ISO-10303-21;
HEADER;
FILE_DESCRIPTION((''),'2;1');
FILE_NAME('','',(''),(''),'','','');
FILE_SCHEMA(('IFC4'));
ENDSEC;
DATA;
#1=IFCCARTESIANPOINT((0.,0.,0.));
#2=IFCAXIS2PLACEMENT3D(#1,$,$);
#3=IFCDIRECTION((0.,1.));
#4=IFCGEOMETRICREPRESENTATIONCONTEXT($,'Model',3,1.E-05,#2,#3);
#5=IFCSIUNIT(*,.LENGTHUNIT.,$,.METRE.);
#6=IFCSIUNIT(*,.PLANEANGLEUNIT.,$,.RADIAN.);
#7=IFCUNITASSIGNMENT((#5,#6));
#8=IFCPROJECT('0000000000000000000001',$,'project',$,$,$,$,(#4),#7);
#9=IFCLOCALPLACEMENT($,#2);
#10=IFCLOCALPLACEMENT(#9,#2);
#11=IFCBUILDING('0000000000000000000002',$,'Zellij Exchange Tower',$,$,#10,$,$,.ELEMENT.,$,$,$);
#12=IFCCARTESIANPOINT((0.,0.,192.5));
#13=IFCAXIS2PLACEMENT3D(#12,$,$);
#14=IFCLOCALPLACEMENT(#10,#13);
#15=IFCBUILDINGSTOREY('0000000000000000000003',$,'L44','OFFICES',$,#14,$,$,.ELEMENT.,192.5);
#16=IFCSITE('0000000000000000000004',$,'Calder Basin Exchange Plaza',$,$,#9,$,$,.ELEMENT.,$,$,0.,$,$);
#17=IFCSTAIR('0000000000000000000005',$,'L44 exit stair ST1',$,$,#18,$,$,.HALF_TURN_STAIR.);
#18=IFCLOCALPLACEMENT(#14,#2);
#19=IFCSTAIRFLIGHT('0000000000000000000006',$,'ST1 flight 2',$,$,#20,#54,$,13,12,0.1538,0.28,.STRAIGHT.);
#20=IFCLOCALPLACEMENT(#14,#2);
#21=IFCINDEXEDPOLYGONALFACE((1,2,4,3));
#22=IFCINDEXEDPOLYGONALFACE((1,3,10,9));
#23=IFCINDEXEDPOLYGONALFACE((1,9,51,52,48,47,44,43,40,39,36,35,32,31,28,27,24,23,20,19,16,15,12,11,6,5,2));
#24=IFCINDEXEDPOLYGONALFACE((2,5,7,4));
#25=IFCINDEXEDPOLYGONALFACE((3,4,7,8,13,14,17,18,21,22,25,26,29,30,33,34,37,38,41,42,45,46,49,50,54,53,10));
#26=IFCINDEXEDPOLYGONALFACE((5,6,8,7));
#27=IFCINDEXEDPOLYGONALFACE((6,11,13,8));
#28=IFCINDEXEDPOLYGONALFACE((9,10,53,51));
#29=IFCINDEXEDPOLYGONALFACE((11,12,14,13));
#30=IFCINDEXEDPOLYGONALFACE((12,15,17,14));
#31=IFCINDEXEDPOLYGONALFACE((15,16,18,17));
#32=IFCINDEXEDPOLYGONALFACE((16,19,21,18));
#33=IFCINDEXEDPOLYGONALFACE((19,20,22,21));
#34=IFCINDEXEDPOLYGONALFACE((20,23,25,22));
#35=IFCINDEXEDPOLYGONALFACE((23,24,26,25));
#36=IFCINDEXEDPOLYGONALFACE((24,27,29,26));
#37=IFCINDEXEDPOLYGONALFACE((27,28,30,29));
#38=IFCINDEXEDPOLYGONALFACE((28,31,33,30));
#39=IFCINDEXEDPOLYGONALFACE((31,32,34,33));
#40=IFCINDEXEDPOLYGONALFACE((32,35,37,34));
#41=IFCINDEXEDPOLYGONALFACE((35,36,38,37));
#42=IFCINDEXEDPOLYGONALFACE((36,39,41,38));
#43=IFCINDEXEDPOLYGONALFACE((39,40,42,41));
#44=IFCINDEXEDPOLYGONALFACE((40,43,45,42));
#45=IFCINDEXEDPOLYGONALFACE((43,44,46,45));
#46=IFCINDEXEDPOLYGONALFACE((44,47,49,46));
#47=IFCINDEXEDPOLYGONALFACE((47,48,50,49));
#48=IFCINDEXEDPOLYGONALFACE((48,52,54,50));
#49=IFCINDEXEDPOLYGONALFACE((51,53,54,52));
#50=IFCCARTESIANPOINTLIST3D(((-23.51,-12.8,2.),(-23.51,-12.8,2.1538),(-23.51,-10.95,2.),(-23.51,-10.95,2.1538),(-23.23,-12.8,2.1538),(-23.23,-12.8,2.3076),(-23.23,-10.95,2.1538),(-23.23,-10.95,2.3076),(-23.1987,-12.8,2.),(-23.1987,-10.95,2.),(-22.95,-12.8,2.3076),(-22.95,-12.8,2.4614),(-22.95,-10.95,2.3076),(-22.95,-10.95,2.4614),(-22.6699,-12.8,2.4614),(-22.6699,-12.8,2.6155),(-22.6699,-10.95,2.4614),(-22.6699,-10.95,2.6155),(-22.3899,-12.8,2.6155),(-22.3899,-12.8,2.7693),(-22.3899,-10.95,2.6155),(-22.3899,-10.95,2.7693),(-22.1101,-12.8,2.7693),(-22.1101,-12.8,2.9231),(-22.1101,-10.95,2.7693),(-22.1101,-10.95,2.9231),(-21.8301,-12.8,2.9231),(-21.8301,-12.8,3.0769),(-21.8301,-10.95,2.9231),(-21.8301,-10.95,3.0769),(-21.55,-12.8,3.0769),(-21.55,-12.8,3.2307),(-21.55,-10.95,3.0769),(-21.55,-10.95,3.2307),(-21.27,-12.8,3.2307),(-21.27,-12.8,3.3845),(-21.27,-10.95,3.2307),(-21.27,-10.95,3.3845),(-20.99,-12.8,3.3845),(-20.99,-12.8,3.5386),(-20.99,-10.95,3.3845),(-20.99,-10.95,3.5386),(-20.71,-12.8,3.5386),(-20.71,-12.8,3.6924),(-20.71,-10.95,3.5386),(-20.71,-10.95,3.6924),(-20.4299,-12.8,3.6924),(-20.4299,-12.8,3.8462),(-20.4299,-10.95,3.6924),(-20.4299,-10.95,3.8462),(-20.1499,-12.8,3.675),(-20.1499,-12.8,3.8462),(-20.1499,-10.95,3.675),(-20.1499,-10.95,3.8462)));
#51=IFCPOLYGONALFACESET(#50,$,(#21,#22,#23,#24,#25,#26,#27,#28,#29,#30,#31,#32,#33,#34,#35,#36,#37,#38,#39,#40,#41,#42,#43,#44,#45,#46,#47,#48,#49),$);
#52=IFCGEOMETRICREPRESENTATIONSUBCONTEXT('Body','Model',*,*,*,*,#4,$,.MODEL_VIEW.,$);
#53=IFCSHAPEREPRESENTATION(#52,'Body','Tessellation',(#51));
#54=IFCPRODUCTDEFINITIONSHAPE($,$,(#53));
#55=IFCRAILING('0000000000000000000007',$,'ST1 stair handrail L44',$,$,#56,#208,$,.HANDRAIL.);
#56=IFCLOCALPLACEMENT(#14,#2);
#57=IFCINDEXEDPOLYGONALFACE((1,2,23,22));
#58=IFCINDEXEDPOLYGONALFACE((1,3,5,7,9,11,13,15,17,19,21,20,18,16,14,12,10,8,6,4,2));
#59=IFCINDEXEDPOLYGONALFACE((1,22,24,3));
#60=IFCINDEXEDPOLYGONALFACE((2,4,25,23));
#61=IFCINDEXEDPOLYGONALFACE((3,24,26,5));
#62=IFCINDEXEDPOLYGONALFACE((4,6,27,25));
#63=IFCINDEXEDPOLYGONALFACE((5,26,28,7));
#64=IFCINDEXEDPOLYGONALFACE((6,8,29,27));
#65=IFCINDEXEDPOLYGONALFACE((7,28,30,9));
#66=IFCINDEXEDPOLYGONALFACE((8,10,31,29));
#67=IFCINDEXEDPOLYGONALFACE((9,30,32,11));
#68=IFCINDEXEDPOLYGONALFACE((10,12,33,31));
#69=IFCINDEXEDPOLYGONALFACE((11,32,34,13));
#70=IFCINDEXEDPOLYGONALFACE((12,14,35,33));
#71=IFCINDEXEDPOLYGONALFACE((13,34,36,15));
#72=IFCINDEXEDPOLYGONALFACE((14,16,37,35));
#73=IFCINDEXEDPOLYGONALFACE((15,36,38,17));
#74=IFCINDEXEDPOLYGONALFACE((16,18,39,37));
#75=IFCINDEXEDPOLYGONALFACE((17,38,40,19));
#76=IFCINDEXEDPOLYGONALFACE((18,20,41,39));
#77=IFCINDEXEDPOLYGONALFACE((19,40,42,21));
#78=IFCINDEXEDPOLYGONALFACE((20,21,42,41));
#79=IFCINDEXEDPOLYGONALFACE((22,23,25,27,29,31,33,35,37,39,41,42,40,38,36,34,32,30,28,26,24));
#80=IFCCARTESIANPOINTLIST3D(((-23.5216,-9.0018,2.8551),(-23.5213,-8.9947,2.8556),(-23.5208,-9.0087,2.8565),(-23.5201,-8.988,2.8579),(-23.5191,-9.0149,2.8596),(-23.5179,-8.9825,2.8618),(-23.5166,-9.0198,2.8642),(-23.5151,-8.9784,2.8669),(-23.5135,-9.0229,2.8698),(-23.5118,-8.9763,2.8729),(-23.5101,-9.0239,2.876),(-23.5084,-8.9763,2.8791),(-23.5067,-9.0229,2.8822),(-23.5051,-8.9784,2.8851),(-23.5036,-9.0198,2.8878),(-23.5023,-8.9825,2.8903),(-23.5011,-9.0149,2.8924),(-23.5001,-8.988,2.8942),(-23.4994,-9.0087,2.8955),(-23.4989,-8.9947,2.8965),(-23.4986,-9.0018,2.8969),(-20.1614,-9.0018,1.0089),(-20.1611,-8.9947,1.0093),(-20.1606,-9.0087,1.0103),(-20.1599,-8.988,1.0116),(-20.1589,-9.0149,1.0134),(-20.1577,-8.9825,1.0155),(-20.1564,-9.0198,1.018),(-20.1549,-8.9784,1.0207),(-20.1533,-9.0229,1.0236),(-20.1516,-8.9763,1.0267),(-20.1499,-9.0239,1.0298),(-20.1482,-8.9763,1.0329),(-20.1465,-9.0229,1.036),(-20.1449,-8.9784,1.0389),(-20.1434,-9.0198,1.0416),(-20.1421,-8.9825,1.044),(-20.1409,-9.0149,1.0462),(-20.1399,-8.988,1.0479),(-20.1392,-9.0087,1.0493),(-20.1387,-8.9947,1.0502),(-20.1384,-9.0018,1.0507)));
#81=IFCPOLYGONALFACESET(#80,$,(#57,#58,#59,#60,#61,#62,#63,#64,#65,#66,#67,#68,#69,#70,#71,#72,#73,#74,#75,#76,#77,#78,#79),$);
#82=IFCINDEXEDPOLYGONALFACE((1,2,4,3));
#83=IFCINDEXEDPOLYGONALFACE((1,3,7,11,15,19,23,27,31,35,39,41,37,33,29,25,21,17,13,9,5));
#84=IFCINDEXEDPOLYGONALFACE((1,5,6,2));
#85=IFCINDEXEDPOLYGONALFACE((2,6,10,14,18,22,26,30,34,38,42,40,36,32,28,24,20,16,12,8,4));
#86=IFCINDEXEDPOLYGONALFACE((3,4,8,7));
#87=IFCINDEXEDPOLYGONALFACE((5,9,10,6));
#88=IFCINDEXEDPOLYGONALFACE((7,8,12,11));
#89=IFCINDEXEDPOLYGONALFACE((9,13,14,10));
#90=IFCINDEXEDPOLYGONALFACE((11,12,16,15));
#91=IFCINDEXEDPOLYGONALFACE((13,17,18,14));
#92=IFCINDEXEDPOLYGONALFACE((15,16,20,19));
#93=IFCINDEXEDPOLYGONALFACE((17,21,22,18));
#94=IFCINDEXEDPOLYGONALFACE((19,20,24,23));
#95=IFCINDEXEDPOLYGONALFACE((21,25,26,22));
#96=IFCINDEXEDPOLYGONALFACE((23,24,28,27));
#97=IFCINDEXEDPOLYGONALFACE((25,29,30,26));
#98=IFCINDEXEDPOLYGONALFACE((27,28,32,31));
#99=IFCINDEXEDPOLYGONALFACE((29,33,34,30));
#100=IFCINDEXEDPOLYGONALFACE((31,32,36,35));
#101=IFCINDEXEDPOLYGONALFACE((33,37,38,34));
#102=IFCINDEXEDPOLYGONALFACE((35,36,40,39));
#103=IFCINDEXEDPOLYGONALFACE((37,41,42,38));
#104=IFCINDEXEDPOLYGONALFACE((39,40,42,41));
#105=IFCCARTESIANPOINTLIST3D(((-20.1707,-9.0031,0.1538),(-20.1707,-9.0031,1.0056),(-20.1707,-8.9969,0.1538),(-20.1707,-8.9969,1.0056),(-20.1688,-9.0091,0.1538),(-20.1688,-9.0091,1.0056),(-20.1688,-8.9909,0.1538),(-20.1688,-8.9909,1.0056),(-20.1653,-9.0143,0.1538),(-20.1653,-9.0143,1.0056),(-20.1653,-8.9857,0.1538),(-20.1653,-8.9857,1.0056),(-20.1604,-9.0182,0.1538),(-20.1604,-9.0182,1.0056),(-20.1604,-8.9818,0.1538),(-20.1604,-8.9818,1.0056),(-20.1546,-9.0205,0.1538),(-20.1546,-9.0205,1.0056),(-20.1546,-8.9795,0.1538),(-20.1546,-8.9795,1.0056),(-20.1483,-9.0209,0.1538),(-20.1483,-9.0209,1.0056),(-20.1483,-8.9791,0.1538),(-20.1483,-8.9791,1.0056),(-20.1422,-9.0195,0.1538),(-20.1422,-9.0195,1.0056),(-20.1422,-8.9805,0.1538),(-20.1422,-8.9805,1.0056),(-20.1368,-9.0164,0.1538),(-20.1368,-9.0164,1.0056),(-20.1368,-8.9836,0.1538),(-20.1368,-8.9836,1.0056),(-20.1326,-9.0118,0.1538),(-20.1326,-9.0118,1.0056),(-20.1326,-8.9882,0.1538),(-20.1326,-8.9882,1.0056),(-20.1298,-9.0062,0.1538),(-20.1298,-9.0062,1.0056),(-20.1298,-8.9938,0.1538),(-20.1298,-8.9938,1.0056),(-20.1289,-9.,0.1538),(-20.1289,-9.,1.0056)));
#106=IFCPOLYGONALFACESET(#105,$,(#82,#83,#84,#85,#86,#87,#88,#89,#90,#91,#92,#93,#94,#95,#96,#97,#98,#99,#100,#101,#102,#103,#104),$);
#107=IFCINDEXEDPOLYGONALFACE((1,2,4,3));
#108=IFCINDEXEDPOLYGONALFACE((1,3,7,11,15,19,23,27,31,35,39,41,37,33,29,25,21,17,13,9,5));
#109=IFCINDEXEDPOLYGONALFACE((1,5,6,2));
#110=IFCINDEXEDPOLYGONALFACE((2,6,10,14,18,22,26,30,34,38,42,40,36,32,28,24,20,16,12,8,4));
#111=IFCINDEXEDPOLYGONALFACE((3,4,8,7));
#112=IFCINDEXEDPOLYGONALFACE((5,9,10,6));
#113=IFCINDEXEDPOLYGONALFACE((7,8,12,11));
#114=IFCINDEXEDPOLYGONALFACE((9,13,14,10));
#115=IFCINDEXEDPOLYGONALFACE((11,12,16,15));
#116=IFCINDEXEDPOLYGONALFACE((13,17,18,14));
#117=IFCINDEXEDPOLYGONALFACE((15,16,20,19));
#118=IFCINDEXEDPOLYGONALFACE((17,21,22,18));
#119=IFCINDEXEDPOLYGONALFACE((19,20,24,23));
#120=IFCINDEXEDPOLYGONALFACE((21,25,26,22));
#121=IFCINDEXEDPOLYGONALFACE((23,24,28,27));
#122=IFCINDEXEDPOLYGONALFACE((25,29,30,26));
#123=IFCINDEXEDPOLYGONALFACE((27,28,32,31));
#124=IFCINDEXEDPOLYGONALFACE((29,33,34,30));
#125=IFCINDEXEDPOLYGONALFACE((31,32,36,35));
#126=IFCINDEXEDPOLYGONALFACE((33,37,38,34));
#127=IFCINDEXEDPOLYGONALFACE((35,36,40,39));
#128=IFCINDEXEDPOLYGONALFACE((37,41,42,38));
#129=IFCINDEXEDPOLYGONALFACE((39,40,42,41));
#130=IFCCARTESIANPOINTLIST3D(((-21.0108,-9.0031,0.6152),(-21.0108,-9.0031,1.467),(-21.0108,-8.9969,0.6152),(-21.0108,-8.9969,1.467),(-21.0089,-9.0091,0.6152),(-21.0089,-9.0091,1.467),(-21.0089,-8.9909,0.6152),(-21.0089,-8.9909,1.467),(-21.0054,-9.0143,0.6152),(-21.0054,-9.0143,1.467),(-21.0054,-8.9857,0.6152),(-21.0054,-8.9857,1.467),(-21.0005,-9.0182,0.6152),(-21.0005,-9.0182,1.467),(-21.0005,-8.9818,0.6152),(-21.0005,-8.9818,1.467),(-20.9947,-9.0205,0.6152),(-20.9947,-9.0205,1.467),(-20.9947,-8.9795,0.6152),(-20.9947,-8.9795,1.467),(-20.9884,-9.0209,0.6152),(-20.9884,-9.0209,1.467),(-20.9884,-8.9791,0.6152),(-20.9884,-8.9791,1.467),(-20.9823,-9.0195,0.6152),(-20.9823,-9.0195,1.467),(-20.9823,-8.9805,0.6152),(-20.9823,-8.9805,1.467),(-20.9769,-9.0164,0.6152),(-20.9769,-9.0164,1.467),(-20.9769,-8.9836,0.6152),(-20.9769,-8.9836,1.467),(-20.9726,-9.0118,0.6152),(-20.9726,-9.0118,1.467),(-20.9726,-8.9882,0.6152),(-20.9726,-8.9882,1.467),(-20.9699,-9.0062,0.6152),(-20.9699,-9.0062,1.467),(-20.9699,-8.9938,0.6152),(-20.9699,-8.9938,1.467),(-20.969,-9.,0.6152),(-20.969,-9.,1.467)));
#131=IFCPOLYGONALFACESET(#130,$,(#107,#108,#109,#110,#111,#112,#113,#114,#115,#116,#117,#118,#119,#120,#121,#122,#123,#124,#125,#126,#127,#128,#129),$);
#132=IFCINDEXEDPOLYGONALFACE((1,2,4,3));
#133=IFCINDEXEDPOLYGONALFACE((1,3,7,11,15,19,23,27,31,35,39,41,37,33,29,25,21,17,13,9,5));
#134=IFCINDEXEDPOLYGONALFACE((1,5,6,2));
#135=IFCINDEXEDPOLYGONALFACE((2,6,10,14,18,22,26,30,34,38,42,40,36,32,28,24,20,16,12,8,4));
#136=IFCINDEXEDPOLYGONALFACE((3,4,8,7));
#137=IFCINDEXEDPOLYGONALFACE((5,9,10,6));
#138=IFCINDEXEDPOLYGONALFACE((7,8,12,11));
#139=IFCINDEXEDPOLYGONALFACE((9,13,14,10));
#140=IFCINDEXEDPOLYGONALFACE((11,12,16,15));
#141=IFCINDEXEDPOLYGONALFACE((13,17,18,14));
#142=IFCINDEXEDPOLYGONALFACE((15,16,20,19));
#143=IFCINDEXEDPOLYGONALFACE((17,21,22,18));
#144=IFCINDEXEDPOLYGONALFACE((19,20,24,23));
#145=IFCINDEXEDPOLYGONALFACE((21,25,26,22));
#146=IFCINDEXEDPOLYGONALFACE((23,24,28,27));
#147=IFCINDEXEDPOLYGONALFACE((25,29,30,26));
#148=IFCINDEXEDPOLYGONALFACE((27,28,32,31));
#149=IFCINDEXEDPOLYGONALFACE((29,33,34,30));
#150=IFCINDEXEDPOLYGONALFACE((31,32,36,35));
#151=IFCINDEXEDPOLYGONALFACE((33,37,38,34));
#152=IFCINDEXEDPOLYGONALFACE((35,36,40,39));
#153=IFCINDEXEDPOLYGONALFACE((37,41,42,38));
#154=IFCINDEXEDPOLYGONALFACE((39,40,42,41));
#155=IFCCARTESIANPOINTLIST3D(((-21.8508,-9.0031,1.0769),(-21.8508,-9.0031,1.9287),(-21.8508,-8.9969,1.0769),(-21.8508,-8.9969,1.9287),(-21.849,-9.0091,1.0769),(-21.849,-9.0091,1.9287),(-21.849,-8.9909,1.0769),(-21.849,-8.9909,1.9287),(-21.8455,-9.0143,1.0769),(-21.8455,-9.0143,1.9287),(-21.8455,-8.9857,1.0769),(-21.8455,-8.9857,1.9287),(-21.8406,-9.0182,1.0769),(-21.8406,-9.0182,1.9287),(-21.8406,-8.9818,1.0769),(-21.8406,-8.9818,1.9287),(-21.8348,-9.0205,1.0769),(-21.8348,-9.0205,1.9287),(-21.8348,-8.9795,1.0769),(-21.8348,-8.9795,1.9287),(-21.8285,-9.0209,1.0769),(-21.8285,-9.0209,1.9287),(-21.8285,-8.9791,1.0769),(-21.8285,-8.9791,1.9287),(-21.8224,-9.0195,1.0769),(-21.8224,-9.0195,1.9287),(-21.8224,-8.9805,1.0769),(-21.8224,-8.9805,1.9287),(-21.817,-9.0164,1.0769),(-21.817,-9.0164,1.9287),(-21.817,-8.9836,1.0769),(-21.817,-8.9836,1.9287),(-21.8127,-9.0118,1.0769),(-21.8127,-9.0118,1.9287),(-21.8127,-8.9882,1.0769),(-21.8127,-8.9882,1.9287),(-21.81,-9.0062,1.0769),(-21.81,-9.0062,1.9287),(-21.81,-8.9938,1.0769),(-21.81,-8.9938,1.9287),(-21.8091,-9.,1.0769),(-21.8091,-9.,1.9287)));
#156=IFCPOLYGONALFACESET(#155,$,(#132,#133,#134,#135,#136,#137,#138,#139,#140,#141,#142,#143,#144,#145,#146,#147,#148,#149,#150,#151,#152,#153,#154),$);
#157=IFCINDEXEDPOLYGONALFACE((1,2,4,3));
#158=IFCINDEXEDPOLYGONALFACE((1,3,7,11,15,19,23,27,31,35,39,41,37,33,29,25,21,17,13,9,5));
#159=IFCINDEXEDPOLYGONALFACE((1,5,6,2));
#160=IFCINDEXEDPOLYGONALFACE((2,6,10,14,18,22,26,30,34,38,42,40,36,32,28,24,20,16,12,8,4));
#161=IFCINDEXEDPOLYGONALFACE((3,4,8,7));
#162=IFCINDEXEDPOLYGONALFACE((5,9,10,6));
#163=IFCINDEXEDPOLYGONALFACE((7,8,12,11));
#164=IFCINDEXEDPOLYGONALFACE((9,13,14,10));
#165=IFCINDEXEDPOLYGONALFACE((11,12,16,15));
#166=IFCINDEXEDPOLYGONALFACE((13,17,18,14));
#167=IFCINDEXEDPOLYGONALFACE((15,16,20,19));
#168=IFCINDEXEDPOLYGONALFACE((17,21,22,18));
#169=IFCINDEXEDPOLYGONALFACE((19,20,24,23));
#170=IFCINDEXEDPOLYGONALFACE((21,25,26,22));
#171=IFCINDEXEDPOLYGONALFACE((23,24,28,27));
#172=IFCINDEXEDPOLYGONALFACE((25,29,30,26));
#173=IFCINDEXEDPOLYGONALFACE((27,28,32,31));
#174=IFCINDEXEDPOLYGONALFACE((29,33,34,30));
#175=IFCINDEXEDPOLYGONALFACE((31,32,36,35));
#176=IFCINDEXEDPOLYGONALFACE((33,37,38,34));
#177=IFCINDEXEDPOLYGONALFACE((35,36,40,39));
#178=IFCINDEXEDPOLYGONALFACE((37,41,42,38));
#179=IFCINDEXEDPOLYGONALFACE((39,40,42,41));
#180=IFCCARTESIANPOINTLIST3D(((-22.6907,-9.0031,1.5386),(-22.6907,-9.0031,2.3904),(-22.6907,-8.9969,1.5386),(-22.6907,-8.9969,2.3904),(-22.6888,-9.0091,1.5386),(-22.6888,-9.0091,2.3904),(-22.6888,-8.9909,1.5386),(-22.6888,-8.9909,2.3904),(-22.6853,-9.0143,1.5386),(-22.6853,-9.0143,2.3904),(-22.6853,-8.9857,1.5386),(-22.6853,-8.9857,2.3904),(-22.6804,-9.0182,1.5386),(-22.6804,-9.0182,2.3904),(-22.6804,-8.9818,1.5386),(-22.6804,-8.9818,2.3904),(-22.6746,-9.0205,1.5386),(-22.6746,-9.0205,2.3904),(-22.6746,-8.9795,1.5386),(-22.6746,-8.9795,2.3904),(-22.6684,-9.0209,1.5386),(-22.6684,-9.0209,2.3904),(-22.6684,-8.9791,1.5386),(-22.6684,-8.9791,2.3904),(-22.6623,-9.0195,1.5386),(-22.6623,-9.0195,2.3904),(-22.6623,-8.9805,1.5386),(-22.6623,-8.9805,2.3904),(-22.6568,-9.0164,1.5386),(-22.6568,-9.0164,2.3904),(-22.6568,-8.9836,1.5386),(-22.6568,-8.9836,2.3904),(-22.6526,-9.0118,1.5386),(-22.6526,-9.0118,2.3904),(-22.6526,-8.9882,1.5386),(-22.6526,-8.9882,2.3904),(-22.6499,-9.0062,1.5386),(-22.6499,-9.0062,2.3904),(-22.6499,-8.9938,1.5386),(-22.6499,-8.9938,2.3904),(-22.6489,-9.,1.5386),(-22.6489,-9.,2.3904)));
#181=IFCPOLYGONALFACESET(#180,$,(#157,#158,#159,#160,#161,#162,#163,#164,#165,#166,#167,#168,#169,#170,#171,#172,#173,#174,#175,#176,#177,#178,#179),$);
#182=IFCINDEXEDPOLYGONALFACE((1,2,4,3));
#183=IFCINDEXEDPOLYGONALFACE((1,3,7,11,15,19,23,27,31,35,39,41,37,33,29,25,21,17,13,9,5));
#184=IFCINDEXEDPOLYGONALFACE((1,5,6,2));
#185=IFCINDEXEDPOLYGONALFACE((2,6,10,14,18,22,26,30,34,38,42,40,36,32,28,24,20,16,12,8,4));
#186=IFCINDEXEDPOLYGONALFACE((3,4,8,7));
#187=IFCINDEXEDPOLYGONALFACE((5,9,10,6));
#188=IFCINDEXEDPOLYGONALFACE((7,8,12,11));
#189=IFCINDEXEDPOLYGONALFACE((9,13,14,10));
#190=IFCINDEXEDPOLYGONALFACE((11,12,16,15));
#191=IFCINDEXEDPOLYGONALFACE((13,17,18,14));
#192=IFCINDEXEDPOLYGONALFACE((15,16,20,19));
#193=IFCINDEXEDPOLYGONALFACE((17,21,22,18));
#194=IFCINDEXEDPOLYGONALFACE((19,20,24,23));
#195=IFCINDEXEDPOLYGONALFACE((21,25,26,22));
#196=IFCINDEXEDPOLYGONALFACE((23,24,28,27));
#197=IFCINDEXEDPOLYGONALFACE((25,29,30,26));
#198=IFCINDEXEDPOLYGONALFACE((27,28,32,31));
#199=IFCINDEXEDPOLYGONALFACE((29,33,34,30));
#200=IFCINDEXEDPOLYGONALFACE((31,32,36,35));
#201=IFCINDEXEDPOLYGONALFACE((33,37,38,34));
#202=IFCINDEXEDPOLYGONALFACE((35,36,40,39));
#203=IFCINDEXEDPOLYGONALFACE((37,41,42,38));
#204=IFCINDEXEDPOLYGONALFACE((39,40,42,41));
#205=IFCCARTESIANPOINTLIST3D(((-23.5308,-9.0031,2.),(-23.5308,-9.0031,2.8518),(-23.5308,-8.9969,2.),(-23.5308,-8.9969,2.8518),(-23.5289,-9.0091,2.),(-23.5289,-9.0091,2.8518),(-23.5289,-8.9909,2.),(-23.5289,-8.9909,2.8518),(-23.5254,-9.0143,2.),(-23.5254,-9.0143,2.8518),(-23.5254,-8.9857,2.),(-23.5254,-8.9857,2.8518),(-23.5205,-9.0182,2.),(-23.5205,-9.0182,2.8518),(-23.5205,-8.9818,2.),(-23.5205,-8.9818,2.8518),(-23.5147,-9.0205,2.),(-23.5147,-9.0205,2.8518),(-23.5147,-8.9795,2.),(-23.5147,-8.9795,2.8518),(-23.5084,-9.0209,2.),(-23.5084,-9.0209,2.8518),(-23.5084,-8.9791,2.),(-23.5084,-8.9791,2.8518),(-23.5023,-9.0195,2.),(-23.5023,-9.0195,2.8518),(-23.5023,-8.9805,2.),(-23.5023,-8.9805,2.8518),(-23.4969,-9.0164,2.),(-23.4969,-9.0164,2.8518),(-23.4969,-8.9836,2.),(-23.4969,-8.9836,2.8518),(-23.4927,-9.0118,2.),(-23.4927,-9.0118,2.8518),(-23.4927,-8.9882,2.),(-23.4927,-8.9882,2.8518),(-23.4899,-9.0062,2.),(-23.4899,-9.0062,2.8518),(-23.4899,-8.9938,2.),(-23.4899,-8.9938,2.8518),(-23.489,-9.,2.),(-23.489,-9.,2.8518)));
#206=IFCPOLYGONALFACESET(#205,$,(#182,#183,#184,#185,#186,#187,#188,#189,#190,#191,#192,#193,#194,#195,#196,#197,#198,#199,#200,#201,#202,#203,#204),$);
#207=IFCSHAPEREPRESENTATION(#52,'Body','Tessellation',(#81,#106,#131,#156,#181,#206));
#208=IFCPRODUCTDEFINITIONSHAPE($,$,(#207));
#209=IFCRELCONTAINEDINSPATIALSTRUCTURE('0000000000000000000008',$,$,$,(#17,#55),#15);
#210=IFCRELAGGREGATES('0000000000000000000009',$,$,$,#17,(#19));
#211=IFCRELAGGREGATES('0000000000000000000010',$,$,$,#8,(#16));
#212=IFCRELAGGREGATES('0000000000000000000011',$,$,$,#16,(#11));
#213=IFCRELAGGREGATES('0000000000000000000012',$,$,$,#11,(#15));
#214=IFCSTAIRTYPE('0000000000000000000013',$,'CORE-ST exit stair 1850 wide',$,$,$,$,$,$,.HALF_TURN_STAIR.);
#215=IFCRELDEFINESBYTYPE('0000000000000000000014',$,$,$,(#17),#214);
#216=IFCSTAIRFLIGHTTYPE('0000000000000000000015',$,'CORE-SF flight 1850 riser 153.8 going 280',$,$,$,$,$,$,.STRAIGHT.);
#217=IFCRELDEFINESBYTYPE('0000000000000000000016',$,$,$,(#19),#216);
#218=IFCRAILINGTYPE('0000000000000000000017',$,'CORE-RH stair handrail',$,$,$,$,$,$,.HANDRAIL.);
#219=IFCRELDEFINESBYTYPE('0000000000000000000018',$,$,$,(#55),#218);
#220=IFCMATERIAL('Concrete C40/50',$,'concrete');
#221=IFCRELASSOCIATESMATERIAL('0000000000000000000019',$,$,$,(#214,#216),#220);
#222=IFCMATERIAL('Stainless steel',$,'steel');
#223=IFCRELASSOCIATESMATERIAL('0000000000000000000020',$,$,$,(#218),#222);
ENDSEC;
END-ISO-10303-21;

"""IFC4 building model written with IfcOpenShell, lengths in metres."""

from ifc_helpers import new_model, si_unit, direction, frame, origin, origin_2d, place, context, subcontext, project, spatial, polyline, circle, outline, extrude, material, type_object, element, aggregate, save


model = new_model("IFC4")

# Units and contexts
model_context = context("Model", 3, precision=1e-05, world=origin(), true_north=direction((0.0, 1.0)))
body_context = subcontext(model_context, "Body", "Model", "MODEL_VIEW")
ifc_project = project(units=[si_unit("LENGTHUNIT", "METRE"), si_unit("PLANEANGLEUNIT", "RADIAN")], contexts=[model_context])

# Site, building, storey
site_placement = place(None, origin())
site = spatial("IfcSite", under=ifc_project, at=site_placement, Name="Calder Basin Exchange Plaza", CompositionType="ELEMENT", RefElevation=0.0)
building_placement = place(site_placement, origin())
building = spatial("IfcBuilding", under=site, at=building_placement, Name="Zellij Exchange Tower", CompositionType="ELEMENT")
storey_placement = place(building_placement, frame((0.0, 0.0, 192.5)))
storey = spatial("IfcBuildingStorey", under=building, at=storey_placement, Name="L44", Description="OFFICES", CompositionType="ELEMENT", Elevation=192.5)

# Stair, stair flight
ifc_material_1 = material(Name="Concrete C40/50", Category="concrete")
stair_type = type_object("IfcStairType", Name="CORE-ST exit stair 1850 wide", PredefinedType="HALF_TURN_STAIR", material=ifc_material_1)
stair_placement = place(storey_placement, origin())
stair = element("IfcStair", 1, at=stair_placement, inside=storey, type_object=stair_type, Name="L44 exit stair ST1", PredefinedType="HALF_TURN_STAIR")
stair_flight_type = type_object("IfcStairFlightType", Name="CORE-SF flight 1850 riser 153.8 going 280", PredefinedType="STRAIGHT", material=ifc_material_1)
stair_flight_1_placement = place(storey_placement, frame((-23.51, -11.875, 2.0), z_axis=(0.0, 0.0, 1.0), x_axis=(1.0, 0.0, 0.0)))
stair_flight_1 = element("IfcStairFlight", 2, at=stair_flight_1_placement, type_object=stair_flight_type, Name="ST1 flight 2", NumberOfRisers=13, NumberOfTreads=12, PredefinedType="STRAIGHT", RiserHeight=0.1538, TreadLength=0.28, context=body_context, shape_type="SweptSolid", body=[
    extrude(outline(polyline([(0.0, 0.0), (0.0, 0.1538), (0.28, 0.1538), (0.28, 0.3076), (0.5601, 0.3076), (0.5601, 0.4614), (0.8401, 0.4614), (0.8401, 0.6155), (1.1201, 0.6155), (1.1201, 0.7693), (1.3999, 0.7693), (1.3999, 0.9231), (1.6799, 0.9231), (1.6799, 1.0769), (1.96, 1.0769), (1.96, 1.2307), (2.24, 1.2307), (2.24, 1.3845), (2.52, 1.3845), (2.52, 1.5386), (2.8, 1.5386), (2.8, 1.6924), (3.0801, 1.6924), (3.0801, 1.8462), (3.3601, 1.8462), (3.3601, 2.0), (3.3601, 1.675), (0.3113, 0.0), (0.0, 0.0)])), frame((0.0, 0.925, 0.0), z_axis=(0.0, -1.0, 0.0), x_axis=(1.0, 0.0, 0.0)), (0.0, 0.0, 1.0), 1.8501),
])
aggregate(stair, [stair_flight_1])

# Railing
ifc_material_2 = material(Name="Stainless steel", Category="steel")
railing_type_1 = type_object("IfcRailingType", Name="CORE-RH stair handrail", PredefinedType="HANDRAIL", material=ifc_material_2)
railing_1_placement = place(storey_placement, frame((-20.1499, -9.0, 0.1538)))
element("IfcRailing", 3, at=railing_1_placement, inside=storey, type_object=railing_type_1, Name="ST1 stair handrail L44", PredefinedType="HANDRAIL", context=body_context, shape_type="SweptSolid", body=[
    extrude(circle(Radius=0.0239, at=origin_2d()), frame((0.0, 0.0, 0.876), z_axis=(-0.876422, 0.0, 0.481545), x_axis=(0.0, -1.0, 0.0)), (0.0, 0.0, 1.0), 3.834),
    extrude(circle(Radius=0.021, at=origin_2d()), origin(), (0.0, 0.0, 1.0), 0.8518),
    extrude(circle(Radius=0.021, at=origin_2d()), frame((-0.8401, 0.0, 0.4614)), (0.0, 0.0, 1.0), 0.8518),
    extrude(circle(Radius=0.021, at=origin_2d()), frame((-1.6802, 0.0, 0.9231)), (0.0, 0.0, 1.0), 0.8518),
    extrude(circle(Radius=0.021, at=origin_2d()), frame((-2.52, 0.0, 1.3848)), (0.0, 0.0, 1.0), 0.8518),
    extrude(circle(Radius=0.021, at=origin_2d()), frame((-3.3601, 0.0, 1.8462)), (0.0, 0.0, 1.0), 0.8518),
])

save(model, "model.ifc")
